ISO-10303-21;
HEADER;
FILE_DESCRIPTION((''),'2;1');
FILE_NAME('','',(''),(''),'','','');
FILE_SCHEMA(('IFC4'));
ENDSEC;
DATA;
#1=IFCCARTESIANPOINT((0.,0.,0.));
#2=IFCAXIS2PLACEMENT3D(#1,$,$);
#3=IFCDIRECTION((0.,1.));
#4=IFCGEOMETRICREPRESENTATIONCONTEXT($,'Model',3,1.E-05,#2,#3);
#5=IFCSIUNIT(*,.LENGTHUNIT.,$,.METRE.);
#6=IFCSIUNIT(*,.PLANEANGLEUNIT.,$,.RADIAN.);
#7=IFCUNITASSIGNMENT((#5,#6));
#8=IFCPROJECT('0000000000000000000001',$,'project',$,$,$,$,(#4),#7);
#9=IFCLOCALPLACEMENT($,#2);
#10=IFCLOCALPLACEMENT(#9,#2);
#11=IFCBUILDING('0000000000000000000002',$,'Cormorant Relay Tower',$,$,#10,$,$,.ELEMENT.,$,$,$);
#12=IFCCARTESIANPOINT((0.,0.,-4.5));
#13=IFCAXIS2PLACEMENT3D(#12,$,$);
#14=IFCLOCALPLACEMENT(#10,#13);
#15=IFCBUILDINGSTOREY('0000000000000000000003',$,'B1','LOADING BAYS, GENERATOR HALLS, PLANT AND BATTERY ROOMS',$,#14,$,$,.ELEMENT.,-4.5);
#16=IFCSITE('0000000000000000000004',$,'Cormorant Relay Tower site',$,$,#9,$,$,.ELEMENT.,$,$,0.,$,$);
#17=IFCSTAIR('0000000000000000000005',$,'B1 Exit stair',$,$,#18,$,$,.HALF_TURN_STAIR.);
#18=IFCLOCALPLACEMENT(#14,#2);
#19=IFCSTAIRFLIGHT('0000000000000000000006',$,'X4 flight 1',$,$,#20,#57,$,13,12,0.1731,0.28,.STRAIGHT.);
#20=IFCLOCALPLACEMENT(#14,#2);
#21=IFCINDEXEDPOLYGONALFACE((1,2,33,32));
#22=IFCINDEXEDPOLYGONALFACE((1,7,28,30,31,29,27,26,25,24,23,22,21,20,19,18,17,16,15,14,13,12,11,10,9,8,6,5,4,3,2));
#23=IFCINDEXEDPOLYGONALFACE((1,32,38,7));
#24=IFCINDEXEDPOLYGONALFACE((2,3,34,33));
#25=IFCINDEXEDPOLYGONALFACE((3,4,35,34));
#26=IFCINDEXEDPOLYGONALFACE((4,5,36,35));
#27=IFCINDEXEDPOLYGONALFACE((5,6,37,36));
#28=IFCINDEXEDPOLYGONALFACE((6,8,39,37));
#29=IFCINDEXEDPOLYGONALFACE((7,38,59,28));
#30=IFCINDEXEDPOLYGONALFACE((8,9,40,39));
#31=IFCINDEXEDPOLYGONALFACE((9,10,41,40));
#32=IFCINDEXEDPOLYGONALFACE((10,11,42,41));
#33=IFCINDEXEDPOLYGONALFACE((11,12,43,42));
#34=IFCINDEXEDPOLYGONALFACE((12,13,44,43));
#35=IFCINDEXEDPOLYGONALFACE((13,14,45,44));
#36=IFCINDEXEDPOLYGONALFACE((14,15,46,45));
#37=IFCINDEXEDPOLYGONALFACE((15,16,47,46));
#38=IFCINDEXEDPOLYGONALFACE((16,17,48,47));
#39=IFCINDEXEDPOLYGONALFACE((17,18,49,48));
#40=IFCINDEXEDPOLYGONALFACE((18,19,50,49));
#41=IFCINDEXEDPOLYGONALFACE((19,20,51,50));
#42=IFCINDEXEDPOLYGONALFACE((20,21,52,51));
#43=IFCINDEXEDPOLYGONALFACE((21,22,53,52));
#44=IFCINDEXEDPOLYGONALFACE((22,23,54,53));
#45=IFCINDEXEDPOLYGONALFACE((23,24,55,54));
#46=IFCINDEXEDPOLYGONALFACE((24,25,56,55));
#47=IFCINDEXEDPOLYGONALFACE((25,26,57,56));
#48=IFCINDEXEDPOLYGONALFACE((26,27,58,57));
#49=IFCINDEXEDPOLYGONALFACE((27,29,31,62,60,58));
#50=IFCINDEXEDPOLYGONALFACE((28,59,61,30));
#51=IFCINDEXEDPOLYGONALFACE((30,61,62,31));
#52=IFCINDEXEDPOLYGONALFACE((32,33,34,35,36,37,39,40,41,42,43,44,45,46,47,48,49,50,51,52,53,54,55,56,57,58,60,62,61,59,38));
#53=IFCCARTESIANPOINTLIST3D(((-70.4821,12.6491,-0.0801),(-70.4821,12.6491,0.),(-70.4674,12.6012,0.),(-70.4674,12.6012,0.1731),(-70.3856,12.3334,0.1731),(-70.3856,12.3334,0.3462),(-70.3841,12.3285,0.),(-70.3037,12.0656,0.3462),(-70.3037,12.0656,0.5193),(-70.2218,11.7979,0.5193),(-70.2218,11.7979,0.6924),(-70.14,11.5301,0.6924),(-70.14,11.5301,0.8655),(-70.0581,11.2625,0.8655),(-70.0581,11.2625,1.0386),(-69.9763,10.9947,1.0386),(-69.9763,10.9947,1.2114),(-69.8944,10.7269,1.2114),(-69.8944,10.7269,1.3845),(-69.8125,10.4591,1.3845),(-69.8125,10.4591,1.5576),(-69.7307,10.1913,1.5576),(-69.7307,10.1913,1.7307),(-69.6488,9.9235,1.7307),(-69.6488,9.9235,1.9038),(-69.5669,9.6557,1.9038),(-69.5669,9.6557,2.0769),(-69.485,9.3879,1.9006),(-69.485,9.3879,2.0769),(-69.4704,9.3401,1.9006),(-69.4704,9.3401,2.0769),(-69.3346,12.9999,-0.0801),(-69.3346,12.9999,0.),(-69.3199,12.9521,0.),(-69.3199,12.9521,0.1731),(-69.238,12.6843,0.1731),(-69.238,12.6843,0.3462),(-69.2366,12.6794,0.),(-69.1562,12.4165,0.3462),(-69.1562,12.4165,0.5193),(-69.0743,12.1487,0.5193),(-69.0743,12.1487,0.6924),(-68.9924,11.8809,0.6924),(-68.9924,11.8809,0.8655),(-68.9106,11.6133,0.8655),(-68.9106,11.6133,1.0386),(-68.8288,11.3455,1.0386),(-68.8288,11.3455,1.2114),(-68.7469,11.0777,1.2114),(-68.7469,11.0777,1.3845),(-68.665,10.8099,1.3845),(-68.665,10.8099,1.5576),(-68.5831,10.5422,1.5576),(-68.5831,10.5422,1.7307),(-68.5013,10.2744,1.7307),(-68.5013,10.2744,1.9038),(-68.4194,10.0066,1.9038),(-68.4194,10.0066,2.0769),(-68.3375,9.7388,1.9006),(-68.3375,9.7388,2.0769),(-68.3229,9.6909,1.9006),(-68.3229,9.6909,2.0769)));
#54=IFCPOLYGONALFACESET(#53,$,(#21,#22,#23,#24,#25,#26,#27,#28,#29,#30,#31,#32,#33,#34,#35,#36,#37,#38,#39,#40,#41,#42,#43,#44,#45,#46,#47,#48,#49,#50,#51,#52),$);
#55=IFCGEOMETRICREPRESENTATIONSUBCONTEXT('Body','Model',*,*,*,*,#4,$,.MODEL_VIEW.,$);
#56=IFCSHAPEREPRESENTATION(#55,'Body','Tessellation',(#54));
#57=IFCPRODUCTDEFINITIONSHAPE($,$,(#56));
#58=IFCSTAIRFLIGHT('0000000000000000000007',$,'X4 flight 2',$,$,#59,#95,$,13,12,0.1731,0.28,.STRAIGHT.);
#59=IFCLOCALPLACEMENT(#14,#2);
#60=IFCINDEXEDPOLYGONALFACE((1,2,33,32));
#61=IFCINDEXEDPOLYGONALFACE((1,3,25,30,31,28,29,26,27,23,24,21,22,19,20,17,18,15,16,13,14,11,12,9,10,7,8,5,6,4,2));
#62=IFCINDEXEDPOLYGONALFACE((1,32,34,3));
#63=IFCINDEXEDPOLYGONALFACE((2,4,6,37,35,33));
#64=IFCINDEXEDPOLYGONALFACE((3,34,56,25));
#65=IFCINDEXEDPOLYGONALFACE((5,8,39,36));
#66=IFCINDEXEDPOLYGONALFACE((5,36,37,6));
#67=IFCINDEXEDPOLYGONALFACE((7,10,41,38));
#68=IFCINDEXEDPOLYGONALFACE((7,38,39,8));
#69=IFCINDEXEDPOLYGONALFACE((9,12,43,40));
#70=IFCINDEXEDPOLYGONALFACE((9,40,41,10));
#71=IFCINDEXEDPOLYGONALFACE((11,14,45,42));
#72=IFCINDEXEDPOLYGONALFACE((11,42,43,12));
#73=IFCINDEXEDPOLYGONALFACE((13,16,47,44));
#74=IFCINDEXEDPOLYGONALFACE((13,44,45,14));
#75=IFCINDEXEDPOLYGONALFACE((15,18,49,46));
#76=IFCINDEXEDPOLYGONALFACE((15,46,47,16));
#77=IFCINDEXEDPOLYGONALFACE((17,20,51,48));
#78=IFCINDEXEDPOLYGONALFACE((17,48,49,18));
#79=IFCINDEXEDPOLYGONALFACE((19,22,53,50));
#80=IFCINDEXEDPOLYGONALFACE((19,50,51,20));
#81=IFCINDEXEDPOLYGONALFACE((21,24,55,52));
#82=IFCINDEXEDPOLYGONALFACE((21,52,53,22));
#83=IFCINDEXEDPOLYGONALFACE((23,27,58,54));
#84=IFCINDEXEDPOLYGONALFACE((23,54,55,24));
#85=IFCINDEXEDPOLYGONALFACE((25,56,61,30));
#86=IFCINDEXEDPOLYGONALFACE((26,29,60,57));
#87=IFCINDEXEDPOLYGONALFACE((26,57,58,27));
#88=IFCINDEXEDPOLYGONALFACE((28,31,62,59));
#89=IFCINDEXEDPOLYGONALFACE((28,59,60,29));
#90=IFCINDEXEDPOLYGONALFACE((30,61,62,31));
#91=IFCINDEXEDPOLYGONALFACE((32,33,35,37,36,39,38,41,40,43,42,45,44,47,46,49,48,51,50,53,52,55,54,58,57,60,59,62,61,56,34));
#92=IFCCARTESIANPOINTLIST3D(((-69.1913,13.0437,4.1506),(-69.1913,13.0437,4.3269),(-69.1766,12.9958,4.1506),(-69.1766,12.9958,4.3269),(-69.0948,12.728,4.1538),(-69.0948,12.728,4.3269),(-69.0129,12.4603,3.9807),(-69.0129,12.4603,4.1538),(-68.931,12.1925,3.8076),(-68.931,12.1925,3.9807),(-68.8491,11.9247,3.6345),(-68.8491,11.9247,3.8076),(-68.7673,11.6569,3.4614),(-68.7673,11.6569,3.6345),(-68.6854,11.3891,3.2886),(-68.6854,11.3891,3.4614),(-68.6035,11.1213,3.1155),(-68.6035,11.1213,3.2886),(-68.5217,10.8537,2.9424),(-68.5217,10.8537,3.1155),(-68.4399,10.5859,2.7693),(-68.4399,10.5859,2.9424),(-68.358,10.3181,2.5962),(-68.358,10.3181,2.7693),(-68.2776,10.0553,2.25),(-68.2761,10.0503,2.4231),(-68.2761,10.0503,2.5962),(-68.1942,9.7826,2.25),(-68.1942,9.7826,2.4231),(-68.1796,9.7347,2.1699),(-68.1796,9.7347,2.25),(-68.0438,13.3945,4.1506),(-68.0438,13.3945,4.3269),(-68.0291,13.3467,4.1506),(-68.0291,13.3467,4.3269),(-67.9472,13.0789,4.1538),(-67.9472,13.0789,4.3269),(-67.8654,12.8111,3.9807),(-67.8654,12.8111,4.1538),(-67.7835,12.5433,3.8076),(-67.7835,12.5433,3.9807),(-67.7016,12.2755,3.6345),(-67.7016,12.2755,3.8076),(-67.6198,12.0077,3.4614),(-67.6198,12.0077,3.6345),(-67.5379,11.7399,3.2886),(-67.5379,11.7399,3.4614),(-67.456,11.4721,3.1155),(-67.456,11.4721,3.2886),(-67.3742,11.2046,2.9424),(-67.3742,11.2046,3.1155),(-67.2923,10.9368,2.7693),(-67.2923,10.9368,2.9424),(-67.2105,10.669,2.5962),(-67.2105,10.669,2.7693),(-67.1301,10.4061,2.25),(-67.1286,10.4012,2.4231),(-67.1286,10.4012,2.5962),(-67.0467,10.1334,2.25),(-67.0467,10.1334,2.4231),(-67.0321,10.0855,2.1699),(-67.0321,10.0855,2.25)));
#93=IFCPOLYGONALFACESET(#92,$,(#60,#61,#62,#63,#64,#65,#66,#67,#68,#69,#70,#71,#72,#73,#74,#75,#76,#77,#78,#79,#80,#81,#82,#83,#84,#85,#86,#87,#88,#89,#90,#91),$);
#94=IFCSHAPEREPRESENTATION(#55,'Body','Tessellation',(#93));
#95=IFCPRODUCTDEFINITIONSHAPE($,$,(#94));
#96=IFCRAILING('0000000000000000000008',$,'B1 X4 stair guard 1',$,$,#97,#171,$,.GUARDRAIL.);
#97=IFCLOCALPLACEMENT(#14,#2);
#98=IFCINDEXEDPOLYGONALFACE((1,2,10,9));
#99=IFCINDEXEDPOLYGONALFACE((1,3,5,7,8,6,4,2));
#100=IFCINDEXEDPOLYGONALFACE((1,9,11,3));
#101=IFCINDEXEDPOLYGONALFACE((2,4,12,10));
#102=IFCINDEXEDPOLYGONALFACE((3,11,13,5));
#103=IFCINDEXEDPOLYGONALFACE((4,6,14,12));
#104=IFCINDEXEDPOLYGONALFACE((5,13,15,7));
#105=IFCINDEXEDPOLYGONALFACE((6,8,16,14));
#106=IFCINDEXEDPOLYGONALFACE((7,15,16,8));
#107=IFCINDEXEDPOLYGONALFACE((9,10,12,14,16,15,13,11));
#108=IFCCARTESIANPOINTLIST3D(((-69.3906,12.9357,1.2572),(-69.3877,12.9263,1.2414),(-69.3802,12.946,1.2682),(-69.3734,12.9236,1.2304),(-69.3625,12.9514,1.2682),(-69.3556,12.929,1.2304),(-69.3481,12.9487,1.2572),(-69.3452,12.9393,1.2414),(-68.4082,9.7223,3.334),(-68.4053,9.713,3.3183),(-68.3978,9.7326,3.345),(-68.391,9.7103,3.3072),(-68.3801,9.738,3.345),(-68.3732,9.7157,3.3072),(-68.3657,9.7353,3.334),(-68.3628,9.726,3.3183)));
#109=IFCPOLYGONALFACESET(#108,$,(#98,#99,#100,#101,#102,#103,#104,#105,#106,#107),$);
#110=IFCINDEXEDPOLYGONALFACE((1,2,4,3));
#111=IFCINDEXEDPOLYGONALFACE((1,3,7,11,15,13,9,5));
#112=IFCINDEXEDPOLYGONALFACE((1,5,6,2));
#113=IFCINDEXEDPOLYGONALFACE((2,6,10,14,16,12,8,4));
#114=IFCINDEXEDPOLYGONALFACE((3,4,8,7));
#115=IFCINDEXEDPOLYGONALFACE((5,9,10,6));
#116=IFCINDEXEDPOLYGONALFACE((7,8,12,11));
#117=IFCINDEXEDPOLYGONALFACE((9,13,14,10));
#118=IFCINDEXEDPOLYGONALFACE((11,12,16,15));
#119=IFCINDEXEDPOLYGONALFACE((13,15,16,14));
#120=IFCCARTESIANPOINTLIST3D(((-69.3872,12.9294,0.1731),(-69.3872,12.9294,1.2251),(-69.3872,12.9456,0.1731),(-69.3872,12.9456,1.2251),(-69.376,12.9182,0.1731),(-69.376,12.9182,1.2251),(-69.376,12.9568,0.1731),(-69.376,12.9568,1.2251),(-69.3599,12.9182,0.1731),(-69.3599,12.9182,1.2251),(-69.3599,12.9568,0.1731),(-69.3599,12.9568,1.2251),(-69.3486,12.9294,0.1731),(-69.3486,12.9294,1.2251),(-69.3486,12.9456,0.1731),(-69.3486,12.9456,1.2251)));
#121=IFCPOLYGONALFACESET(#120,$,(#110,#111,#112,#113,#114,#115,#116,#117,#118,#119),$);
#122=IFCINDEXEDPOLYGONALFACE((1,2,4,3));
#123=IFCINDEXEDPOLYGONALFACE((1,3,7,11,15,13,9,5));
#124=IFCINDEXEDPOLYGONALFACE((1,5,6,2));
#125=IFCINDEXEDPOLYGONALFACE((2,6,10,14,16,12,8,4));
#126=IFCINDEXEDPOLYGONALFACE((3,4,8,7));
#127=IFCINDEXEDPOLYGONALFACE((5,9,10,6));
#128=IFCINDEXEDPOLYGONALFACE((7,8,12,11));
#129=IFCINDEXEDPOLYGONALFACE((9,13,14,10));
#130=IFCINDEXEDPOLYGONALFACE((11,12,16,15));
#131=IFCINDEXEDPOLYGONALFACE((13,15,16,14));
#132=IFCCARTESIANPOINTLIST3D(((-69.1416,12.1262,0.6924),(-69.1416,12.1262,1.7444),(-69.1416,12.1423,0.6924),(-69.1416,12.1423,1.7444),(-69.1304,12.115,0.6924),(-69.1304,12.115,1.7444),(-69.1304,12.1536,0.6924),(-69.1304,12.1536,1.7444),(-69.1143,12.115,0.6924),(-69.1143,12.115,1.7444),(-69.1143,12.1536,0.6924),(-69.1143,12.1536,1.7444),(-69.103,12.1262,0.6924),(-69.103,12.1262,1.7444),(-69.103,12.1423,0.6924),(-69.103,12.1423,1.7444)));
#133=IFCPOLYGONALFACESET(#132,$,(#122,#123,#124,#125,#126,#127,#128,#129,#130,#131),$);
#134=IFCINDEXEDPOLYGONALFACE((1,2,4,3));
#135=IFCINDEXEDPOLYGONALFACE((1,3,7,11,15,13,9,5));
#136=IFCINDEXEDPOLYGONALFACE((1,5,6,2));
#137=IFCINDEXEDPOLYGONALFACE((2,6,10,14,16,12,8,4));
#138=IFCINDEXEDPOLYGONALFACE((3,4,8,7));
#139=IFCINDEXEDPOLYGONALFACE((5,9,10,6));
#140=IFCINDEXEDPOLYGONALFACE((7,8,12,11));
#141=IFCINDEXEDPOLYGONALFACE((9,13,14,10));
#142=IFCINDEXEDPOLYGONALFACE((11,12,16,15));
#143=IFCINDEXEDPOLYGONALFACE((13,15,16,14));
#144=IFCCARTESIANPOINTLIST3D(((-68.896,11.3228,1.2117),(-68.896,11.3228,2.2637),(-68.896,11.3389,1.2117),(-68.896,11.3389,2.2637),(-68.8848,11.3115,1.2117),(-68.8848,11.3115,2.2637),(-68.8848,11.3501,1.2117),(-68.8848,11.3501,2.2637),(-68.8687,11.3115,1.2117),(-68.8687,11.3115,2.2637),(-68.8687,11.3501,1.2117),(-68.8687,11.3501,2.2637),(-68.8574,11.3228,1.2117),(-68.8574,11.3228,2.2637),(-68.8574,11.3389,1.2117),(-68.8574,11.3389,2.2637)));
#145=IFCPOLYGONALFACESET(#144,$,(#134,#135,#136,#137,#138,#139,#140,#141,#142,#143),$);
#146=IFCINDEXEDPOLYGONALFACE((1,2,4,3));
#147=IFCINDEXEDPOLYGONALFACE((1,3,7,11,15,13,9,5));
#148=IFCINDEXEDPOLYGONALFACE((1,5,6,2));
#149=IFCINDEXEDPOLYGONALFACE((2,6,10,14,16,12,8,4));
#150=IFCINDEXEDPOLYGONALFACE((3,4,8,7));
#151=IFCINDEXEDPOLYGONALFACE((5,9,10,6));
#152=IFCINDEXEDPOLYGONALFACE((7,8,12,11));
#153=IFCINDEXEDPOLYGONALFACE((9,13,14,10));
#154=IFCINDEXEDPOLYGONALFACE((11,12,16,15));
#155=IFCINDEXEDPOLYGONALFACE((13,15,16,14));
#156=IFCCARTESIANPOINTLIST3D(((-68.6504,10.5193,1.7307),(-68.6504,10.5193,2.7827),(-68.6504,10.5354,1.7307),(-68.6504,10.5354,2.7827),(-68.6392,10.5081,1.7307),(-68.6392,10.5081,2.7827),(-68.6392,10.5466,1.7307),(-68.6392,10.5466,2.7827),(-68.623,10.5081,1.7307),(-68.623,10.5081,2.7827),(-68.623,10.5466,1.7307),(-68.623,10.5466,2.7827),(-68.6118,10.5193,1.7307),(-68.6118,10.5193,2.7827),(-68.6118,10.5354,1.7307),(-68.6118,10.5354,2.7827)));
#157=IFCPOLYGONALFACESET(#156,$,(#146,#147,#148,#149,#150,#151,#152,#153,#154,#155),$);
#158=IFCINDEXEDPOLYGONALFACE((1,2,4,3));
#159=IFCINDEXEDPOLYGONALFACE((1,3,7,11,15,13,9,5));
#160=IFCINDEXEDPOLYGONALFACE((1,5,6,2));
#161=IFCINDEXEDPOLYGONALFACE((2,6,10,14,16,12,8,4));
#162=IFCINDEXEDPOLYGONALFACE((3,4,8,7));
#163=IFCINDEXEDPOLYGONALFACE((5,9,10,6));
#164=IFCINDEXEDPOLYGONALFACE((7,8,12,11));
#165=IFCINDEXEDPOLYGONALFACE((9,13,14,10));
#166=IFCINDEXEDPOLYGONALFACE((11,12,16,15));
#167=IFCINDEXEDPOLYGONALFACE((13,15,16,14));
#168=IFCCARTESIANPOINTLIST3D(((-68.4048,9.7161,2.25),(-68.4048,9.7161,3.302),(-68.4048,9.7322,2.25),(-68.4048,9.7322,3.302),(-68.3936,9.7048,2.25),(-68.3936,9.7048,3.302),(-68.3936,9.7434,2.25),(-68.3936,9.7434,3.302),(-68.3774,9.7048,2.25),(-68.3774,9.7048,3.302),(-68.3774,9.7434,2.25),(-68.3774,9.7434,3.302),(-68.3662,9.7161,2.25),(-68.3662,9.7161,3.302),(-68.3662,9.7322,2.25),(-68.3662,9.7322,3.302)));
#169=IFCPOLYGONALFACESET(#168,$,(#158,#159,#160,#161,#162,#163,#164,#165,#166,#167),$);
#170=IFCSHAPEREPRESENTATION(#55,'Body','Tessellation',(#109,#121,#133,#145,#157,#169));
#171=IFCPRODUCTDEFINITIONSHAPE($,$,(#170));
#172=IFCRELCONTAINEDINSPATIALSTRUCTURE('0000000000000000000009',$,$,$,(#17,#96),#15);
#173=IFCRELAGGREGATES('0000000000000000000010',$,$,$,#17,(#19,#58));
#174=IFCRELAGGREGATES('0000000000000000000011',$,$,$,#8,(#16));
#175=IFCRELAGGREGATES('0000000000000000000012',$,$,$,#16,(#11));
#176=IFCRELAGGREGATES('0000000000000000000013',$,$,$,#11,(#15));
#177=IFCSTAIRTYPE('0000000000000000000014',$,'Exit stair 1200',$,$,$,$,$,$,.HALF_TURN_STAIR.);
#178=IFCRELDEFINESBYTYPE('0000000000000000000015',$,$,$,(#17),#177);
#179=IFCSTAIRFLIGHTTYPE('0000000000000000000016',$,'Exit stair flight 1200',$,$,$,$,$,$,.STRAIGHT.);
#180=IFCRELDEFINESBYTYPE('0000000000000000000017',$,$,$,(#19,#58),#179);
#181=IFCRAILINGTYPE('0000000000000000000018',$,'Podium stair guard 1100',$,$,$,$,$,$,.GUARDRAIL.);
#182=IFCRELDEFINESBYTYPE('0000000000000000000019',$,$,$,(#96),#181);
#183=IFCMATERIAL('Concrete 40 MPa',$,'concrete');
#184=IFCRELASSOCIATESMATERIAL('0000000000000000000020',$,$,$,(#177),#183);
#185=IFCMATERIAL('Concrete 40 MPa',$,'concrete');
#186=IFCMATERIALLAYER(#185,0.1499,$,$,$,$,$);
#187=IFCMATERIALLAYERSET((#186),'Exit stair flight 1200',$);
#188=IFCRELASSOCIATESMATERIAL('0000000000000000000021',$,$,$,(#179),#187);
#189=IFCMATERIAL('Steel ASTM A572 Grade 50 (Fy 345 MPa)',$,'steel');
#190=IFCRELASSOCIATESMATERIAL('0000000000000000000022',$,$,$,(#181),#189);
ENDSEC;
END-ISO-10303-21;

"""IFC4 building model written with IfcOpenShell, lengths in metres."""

from ifc_helpers import new_model, si_unit, direction, frame, origin, place, context, subcontext, project, spatial, polyline, outline, extrude, material, layer, layer_set, type_object, element, aggregate, save


model = new_model("IFC4")

# Units and contexts
model_context = context("Model", 3, precision=1e-05, world=origin(), true_north=direction((0.0, 1.0)))
body_context = subcontext(model_context, "Body", "Model", "MODEL_VIEW")
ifc_project = project(units=[si_unit("LENGTHUNIT", "METRE"), si_unit("PLANEANGLEUNIT", "RADIAN")], contexts=[model_context])

# Site, building, storey
site_placement = place(None, origin())
site = spatial("IfcSite", under=ifc_project, at=site_placement, Name="Cormorant Relay Tower site", CompositionType="ELEMENT", RefElevation=0.0)
building_placement = place(site_placement, origin())
building = spatial("IfcBuilding", under=site, at=building_placement, Name="Cormorant Relay Tower", CompositionType="ELEMENT")
storey_placement = place(building_placement, frame((0.0, 0.0, -4.5)))
storey = spatial("IfcBuildingStorey", under=building, at=storey_placement, Name="B1", Description="LOADING BAYS, GENERATOR HALLS, PLANT AND BATTERY ROOMS", CompositionType="ELEMENT", Elevation=-4.5)

# Stair, stair flights
ifc_material_1 = material(Name="Concrete 40 MPa", Category="concrete")
stair_type = type_object("IfcStairType", Name="Exit stair 1200", PredefinedType="HALF_TURN_STAIR", material=ifc_material_1)
stair_placement = place(storey_placement, origin())
stair = element("IfcStair", 1, at=stair_placement, inside=storey, type_object=stair_type, Name="B1 Exit stair", PredefinedType="HALF_TURN_STAIR")
ifc_material_2 = material(Name="Concrete 40 MPa", Category="concrete")
ifc_layer_1 = layer(ifc_material_2, 0.1499)
ifc_layer_set_1 = layer_set([ifc_layer_1], Name="Exit stair flight 1200")
stair_flight_type = type_object("IfcStairFlightType", Name="Exit stair flight 1200", PredefinedType="STRAIGHT", material=ifc_layer_set_1)
stair_flight_1_placement = place(storey_placement, frame((-69.8938, 12.7766, 0.0), z_axis=(0.0, 0.0, 1.0), x_axis=(0.292372, -0.956305, 0.0)))
stair_flight_1 = element("IfcStairFlight", 2, at=stair_flight_1_placement, type_object=stair_flight_type, Name="X4 flight 1", NumberOfRisers=13, NumberOfTreads=12, PredefinedType="STRAIGHT", RiserHeight=0.1731, TreadLength=0.28, context=body_context, shape_type="SweptSolid", body=[
    extrude(outline(polyline([(-0.05, -0.0801), (-0.05, 0.0), (0.0, 0.0), (0.0, 0.1731), (0.28, 0.1731), (0.28, 0.3462), (0.5601, 0.3462), (0.5601, 0.5193), (0.8401, 0.5193), (0.8401, 0.6924), (1.1201, 0.6924), (1.1201, 0.8655), (1.3999, 0.8655), (1.3999, 1.0386), (1.6799, 1.0386), (1.6799, 1.2114), (1.96, 1.2114), (1.96, 1.3845), (2.24, 1.3845), (2.24, 1.5576), (2.52, 1.5576), (2.52, 1.7307), (2.8, 1.7307), (2.8, 1.9038), (3.0801, 1.9038), (3.0801, 2.0769), (3.3601, 2.0769), (3.4102, 2.0769), (3.4102, 1.9006), (3.3601, 1.9006), (0.2852, 0.0), (-0.05, -0.0801)])), frame((0.0, 0.6001, 0.0), z_axis=(0.0, -1.0, 0.0), x_axis=(1.0, 0.0, 0.0)), (0.0, 0.0, 1.0), 1.2),
])
stair_flight_2_placement = place(storey_placement, frame((-67.6204, 9.958, 2.25), z_axis=(0.0, 0.0, 1.0), x_axis=(-0.292372, 0.956305, 0.0)))
stair_flight_2 = element("IfcStairFlight", 3, at=stair_flight_2_placement, type_object=stair_flight_type, Name="X4 flight 2", NumberOfRisers=13, NumberOfTreads=12, PredefinedType="STRAIGHT", RiserHeight=0.1731, TreadLength=0.28, context=body_context, shape_type="SweptSolid", body=[
    extrude(outline(polyline([(-0.05, -0.0801), (-0.05, 0.0), (0.0, 0.0), (0.0, 0.1731), (0.28, 0.1731), (0.28, 0.3462), (0.5601, 0.3462), (0.5601, 0.5193), (0.8401, 0.5193), (0.8401, 0.6924), (1.1201, 0.6924), (1.1201, 0.8655), (1.3999, 0.8655), (1.3999, 1.0386), (1.6799, 1.0386), (1.6799, 1.2114), (1.96, 1.2114), (1.96, 1.3845), (2.24, 1.3845), (2.24, 1.5576), (2.52, 1.5576), (2.52, 1.7307), (2.8, 1.7307), (2.8, 1.9038), (3.0801, 1.9038), (3.0801, 2.0769), (3.3601, 2.0769), (3.4102, 2.0769), (3.4102, 1.9006), (3.3601, 1.9006), (0.2852, 0.0), (-0.05, -0.0801)])), frame((0.0, 0.6001, 0.0), z_axis=(0.0, -1.0, 0.0), x_axis=(1.0, 0.0, 0.0)), (0.0, 0.0, 1.0), 1.2),
])
aggregate(stair, [stair_flight_1, stair_flight_2])

# Railing
ifc_material_3 = material(Name="Steel ASTM A572 Grade 50 (Fy 345 MPa)", Category="steel")
railing_type_1 = type_object("IfcRailingType", Name="Podium stair guard 1100", PredefinedType="GUARDRAIL", material=ifc_material_3)
railing_1_placement = place(storey_placement, frame((-69.3679, 12.9375, 0.1731)))
element("IfcRailing", 4, at=railing_1_placement, inside=storey, type_object=railing_type_1, Name="B1 X4 stair guard 1", PredefinedType="GUARDRAIL", context=body_context, shape_type="SweptSolid", body=[
    extrude(outline(polyline([(0.0222, 0.0093), (0.0093, 0.0222), (-0.0093, 0.0222), (-0.0222, 0.0093), (-0.0222, -0.0093), (-0.0093, -0.0222), (0.0093, -0.0222), (0.0222, -0.0093), (0.0222, 0.0093)])), frame((0.0, 0.0, 1.0762), z_axis=(0.248699, -0.813462, 0.525765), x_axis=(0.956305, 0.29237, 0.0)), (0.0, 0.0, 1.0), 3.9502),
    extrude(outline(polyline([(0.0193, 0.0081), (0.0081, 0.0193), (-0.0081, 0.0193), (-0.0193, 0.0081), (-0.0193, -0.0081), (-0.0081, -0.0193), (0.0081, -0.0193), (0.0193, -0.0081), (0.0193, 0.0081)])), origin(), (0.0, 0.0, 1.0), 1.052),
    extrude(outline(polyline([(0.0193, 0.0081), (0.0081, 0.0193), (-0.0081, 0.0193), (-0.0193, 0.0081), (-0.0193, -0.0081), (-0.0081, -0.0193), (0.0081, -0.0193), (0.0193, -0.0081), (0.0193, 0.0081)])), frame((0.2456, -0.8032, 0.5193)), (0.0, 0.0, 1.0), 1.052),
    extrude(outline(polyline([(0.0193, 0.0081), (0.0081, 0.0193), (-0.0081, 0.0193), (-0.0193, 0.0081), (-0.0193, -0.0081), (-0.0081, -0.0193), (0.0081, -0.0193), (0.0193, -0.0081), (0.0193, 0.0081)])), frame((0.4912, -1.6067, 1.0386)), (0.0, 0.0, 1.0), 1.052),
    extrude(outline(polyline([(0.0193, 0.0081), (0.0081, 0.0193), (-0.0081, 0.0193), (-0.0193, 0.0081), (-0.0193, -0.0081), (-0.0081, -0.0193), (0.0081, -0.0193), (0.0193, -0.0081), (0.0193, 0.0081)])), frame((0.7368, -2.4102, 1.5576)), (0.0, 0.0, 1.0), 1.052),
    extrude(outline(polyline([(0.0193, 0.0081), (0.0081, 0.0193), (-0.0081, 0.0193), (-0.0193, 0.0081), (-0.0193, -0.0081), (-0.0081, -0.0193), (0.0081, -0.0193), (0.0193, -0.0081), (0.0193, 0.0081)])), frame((0.9824, -3.2134, 2.0769)), (0.0, 0.0, 1.0), 1.052),
])

save(model, "model.ifc")
